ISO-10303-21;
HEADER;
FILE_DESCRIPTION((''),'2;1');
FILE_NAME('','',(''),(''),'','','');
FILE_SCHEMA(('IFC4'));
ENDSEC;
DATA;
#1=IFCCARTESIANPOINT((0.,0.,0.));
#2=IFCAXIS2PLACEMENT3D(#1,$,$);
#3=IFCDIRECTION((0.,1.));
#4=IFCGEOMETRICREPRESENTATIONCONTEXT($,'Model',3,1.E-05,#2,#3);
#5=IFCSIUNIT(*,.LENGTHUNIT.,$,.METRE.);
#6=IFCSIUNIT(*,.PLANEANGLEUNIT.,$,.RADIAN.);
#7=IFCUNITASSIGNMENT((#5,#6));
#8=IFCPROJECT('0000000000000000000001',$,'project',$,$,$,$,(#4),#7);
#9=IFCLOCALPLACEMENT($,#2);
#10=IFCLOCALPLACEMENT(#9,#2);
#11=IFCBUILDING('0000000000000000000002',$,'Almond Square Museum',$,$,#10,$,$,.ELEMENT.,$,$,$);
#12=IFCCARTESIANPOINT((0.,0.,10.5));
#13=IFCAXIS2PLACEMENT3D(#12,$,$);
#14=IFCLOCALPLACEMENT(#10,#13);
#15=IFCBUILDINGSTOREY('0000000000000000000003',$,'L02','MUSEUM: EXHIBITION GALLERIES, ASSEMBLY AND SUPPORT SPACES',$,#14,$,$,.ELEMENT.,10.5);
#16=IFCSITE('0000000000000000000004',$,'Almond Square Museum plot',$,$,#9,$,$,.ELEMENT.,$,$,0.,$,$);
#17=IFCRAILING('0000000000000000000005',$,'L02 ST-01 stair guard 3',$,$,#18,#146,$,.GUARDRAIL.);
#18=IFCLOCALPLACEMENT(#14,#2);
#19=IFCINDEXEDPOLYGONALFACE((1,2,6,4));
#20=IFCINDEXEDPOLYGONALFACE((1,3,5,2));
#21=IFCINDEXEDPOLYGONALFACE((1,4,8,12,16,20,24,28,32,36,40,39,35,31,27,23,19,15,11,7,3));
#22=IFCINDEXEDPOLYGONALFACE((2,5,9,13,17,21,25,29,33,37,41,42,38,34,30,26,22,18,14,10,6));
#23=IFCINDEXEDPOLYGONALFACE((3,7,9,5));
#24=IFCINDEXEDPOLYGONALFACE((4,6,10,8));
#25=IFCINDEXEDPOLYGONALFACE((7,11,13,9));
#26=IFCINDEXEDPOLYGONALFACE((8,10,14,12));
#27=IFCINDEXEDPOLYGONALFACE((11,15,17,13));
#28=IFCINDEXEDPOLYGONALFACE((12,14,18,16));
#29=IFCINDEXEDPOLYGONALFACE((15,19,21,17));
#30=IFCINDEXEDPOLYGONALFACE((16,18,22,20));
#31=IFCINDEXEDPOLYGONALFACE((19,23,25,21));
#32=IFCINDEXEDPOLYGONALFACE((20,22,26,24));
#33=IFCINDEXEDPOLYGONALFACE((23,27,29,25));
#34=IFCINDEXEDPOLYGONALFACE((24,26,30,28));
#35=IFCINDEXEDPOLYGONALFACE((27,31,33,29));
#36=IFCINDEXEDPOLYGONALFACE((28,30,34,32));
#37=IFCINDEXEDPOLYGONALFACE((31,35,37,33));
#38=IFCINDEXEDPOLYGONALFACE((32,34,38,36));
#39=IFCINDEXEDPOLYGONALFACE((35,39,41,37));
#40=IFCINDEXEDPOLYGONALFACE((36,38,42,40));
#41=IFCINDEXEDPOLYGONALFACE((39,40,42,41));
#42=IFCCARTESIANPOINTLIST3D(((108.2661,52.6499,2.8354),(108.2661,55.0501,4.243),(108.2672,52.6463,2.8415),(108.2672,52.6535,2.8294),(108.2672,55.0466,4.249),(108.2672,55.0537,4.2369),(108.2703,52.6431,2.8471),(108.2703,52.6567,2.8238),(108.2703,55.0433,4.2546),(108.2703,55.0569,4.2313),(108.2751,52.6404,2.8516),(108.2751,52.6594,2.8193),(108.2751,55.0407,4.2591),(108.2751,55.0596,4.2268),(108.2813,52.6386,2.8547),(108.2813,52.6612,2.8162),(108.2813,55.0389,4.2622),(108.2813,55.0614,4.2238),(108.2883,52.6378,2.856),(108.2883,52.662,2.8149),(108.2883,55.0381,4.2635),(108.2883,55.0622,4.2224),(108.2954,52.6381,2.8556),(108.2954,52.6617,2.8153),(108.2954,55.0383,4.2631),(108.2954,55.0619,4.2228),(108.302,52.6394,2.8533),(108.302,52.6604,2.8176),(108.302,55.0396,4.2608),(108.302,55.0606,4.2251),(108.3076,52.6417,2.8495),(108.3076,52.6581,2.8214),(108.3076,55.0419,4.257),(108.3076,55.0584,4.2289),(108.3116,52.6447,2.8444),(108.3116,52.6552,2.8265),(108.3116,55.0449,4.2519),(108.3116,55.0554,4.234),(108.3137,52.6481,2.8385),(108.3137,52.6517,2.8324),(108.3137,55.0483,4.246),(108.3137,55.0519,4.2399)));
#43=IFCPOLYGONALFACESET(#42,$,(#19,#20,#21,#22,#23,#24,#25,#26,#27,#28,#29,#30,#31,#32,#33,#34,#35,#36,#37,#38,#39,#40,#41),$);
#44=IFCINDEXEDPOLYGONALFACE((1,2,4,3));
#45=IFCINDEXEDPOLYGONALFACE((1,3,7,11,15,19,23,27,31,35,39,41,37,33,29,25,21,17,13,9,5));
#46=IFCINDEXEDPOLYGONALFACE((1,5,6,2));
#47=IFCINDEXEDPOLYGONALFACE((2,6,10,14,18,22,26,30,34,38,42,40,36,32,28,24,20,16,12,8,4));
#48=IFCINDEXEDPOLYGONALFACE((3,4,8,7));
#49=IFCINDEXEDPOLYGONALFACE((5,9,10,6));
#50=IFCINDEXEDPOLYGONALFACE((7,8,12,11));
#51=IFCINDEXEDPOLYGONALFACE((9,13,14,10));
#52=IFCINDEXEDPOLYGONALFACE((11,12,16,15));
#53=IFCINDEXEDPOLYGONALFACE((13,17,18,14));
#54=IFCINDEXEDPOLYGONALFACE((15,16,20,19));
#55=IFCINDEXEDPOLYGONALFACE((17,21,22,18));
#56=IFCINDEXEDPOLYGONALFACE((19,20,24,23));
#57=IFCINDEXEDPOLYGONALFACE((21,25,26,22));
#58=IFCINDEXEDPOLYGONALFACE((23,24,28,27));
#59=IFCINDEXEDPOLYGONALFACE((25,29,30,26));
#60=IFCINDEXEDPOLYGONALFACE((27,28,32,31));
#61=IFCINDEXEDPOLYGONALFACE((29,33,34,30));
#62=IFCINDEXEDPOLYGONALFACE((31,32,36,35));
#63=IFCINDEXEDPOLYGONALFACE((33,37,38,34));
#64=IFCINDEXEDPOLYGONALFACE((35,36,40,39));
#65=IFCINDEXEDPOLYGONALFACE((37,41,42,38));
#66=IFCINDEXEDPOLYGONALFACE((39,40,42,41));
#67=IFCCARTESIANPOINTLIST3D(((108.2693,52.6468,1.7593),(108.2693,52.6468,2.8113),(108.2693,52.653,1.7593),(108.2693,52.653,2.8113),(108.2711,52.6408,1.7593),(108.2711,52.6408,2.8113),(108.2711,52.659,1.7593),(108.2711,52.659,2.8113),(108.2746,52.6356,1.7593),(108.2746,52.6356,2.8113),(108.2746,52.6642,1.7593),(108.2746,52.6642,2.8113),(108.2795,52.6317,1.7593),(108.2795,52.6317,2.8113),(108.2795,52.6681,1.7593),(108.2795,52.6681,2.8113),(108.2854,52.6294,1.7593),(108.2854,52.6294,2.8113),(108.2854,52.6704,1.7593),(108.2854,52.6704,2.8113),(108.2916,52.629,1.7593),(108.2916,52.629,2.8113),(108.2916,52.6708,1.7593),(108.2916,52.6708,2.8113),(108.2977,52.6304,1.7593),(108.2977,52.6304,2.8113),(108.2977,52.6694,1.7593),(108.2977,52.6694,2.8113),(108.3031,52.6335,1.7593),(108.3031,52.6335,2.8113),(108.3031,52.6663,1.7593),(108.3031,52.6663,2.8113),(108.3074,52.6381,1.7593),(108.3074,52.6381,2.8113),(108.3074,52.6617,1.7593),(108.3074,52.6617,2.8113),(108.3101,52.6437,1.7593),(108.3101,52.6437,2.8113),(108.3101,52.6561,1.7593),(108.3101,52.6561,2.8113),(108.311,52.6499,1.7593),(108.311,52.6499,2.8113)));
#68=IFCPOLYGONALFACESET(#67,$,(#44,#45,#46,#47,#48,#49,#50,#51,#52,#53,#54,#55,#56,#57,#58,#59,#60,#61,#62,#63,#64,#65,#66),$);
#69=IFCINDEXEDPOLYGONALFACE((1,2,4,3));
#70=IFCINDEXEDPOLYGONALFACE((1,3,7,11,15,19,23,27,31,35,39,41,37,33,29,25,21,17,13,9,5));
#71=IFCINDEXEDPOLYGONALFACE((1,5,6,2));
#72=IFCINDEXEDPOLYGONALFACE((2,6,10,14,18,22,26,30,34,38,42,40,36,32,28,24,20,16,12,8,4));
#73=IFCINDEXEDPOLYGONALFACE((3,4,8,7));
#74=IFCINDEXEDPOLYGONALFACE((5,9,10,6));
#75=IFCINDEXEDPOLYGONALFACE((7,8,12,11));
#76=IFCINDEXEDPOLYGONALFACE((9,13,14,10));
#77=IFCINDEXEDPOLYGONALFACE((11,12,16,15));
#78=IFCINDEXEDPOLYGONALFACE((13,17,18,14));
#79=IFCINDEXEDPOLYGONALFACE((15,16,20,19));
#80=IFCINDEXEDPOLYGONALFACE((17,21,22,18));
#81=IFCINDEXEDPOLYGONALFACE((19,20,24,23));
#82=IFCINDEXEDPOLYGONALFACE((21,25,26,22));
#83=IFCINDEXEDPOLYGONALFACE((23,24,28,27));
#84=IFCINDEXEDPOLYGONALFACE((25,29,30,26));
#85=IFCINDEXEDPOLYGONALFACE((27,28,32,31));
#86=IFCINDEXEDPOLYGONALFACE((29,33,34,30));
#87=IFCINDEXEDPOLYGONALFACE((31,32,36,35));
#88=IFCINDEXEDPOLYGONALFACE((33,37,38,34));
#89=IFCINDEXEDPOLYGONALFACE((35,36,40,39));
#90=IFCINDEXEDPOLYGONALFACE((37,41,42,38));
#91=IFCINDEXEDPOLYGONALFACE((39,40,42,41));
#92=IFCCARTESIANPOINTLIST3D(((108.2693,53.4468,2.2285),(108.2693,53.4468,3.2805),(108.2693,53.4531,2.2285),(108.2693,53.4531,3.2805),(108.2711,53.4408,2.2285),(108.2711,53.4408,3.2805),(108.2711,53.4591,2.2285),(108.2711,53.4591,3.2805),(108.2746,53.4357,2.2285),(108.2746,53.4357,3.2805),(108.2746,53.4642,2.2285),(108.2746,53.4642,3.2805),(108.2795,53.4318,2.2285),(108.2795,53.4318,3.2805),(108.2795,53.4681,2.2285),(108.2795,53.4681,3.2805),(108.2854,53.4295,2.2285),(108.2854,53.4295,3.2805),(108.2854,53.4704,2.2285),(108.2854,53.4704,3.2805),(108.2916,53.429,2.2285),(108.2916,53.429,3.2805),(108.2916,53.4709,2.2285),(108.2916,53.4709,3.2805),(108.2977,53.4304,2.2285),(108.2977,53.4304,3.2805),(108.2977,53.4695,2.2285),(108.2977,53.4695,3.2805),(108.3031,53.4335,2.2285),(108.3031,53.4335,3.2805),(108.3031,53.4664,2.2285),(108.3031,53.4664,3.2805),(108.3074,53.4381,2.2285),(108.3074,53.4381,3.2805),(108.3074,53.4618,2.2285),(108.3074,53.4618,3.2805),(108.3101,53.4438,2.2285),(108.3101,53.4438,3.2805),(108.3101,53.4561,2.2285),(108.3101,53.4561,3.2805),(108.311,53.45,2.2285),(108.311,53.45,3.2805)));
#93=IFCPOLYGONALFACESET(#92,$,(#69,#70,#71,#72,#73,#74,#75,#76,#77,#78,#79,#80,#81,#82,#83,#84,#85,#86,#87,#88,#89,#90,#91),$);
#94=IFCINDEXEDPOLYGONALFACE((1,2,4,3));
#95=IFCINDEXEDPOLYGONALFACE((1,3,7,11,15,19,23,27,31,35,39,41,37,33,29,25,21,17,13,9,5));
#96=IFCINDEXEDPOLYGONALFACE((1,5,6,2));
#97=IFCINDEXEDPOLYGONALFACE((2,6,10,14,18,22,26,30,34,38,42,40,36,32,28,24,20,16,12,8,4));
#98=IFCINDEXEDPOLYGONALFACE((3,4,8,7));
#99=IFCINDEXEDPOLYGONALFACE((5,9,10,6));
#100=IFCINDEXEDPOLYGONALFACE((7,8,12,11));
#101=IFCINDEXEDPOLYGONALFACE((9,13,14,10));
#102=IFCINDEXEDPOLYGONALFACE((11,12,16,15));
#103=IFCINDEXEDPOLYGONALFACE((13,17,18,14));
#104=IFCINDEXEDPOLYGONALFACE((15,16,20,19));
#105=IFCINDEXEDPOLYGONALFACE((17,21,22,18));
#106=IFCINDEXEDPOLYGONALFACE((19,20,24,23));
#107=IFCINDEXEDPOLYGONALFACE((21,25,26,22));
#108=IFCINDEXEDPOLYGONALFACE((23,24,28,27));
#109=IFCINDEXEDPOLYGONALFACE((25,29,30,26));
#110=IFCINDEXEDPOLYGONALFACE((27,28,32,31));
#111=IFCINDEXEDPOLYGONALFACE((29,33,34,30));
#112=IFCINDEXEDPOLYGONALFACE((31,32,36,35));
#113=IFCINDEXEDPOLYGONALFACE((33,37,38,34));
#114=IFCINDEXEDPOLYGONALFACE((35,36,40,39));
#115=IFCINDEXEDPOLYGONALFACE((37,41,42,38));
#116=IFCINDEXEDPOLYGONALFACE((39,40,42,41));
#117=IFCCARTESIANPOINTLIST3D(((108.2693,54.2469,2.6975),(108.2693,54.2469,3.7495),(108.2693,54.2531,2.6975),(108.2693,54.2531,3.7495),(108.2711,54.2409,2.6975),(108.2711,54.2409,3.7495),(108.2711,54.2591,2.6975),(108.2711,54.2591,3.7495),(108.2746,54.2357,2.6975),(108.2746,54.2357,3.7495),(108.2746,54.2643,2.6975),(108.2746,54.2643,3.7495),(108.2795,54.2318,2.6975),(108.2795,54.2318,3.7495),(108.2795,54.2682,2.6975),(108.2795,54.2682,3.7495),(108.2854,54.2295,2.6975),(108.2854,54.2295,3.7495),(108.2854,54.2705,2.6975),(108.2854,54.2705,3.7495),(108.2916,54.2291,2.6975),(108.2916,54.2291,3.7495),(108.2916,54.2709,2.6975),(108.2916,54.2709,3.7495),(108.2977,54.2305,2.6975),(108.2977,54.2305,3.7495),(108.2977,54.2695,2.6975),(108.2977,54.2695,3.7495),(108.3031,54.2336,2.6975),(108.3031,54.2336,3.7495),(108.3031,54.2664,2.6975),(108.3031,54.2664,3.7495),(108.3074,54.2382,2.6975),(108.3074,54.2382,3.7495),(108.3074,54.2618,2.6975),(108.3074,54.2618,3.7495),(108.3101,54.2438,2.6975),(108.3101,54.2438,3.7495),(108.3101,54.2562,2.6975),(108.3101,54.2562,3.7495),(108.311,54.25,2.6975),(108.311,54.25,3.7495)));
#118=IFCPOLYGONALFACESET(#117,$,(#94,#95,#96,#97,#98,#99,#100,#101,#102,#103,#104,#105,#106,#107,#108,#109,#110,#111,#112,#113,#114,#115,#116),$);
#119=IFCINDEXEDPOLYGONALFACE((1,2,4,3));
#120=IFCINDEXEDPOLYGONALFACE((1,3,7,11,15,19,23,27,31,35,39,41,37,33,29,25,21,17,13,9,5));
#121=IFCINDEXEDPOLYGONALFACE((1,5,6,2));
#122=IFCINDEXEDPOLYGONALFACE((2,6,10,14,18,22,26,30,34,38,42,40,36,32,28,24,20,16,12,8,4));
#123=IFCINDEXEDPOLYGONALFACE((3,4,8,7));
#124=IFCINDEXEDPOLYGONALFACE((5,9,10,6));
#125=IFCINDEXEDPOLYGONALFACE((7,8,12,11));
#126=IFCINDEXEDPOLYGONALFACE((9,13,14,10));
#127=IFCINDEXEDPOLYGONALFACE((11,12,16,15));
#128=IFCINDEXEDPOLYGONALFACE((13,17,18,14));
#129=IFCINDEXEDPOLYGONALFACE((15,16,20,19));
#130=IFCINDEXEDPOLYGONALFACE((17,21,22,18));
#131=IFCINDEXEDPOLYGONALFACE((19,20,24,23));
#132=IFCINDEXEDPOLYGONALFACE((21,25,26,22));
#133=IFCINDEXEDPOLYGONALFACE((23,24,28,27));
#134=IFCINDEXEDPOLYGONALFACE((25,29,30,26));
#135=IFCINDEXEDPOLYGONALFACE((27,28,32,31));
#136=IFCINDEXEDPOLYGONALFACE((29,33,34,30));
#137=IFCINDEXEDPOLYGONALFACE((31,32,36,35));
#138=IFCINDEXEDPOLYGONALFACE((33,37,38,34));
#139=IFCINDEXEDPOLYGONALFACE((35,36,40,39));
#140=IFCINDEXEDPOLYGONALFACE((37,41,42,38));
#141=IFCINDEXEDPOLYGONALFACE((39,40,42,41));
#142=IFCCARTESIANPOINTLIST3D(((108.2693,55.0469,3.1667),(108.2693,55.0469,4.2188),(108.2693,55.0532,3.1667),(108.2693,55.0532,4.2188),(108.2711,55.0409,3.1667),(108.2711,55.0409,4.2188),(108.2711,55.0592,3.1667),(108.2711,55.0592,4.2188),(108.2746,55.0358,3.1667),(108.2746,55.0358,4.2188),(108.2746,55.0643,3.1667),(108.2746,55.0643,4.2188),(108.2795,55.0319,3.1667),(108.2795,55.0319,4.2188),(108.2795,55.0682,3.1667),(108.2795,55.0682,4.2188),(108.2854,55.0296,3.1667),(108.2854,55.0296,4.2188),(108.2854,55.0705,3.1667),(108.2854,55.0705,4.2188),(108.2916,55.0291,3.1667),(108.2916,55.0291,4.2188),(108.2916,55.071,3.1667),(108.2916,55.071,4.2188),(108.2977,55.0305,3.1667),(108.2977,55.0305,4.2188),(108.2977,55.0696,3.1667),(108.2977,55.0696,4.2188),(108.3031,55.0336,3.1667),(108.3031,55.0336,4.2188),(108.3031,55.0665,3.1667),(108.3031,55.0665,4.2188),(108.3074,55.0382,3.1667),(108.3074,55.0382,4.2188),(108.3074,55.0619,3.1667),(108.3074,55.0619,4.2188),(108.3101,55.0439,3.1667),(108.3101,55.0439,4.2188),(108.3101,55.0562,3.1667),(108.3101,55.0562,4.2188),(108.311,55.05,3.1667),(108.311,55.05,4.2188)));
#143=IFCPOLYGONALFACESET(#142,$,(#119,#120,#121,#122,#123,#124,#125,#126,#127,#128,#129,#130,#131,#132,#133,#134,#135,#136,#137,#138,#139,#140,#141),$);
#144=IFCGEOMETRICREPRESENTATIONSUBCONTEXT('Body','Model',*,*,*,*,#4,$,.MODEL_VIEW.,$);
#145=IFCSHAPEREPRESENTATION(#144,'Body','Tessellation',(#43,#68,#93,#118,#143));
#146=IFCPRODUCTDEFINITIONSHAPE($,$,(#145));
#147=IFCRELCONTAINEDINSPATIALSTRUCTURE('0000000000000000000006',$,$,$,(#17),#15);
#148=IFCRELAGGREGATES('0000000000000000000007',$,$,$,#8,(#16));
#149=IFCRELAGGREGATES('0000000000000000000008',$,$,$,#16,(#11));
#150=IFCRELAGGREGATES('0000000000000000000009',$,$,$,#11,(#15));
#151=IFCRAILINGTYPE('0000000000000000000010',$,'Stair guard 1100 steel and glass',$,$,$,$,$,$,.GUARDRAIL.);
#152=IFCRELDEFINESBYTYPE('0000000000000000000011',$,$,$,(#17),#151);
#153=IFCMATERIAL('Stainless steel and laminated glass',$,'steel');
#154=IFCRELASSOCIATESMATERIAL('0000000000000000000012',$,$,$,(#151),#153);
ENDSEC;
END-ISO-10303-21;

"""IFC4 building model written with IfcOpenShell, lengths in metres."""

from ifc_helpers import new_model, si_unit, direction, frame, origin, origin_2d, place, context, subcontext, project, spatial, circle, extrude, material, type_object, element, save


model = new_model("IFC4")

# Units and contexts
model_context = context("Model", 3, precision=1e-05, world=origin(), true_north=direction((0.0, 1.0)))
body_context = subcontext(model_context, "Body", "Model", "MODEL_VIEW")
ifc_project = project(units=[si_unit("LENGTHUNIT", "METRE"), si_unit("PLANEANGLEUNIT", "RADIAN")], contexts=[model_context])

# Site, building, storey
site_placement = place(None, origin())
site = spatial("IfcSite", under=ifc_project, at=site_placement, Name="Almond Square Museum plot", CompositionType="ELEMENT", RefElevation=0.0)
building_placement = place(site_placement, origin())
building = spatial("IfcBuilding", under=site, at=building_placement, Name="Almond Square Museum", CompositionType="ELEMENT")
storey_placement = place(building_placement, frame((0.0, 0.0, 10.5)))
storey = spatial("IfcBuildingStorey", under=building, at=storey_placement, Name="L02", Description="MUSEUM: EXHIBITION GALLERIES, ASSEMBLY AND SUPPORT SPACES", CompositionType="ELEMENT", Elevation=10.5)

# Railing
ifc_material_1 = material(Name="Stainless steel and laminated glass", Category="steel")
railing_type_1 = type_object("IfcRailingType", Name="Stair guard 1100 steel and glass", PredefinedType="GUARDRAIL", material=ifc_material_1)
railing_1_placement = place(storey_placement, frame((108.29, 52.6499, 1.7593)))
element("IfcRailing", 1, at=railing_1_placement, inside=storey, type_object=railing_type_1, Name="L02 ST-01 stair guard 3", PredefinedType="GUARDRAIL", context=body_context, shape_type="SweptSolid", body=[
    extrude(circle(Radius=0.0239, at=origin_2d()), frame((0.0, 0.0, 1.0762), z_axis=(0.0, 0.862621, 0.50585), x_axis=(-1.0, 0.0, 0.0)), (0.0, 0.0, 1.0), 2.7825),
    extrude(circle(Radius=0.021, at=origin_2d()), origin(), (0.0, 0.0, 1.0), 1.052),
    extrude(circle(Radius=0.021, at=origin_2d()), frame((0.0, 0.8, 0.4692)), (0.0, 0.0, 1.0), 1.052),
    extrude(circle(Radius=0.021, at=origin_2d()), frame((0.0, 1.6001, 0.9382)), (0.0, 0.0, 1.0), 1.052),
    extrude(circle(Radius=0.021, at=origin_2d()), frame((0.0, 2.4001, 1.4075)), (0.0, 0.0, 1.0), 1.052),
])

save(model, "model.ifc")
